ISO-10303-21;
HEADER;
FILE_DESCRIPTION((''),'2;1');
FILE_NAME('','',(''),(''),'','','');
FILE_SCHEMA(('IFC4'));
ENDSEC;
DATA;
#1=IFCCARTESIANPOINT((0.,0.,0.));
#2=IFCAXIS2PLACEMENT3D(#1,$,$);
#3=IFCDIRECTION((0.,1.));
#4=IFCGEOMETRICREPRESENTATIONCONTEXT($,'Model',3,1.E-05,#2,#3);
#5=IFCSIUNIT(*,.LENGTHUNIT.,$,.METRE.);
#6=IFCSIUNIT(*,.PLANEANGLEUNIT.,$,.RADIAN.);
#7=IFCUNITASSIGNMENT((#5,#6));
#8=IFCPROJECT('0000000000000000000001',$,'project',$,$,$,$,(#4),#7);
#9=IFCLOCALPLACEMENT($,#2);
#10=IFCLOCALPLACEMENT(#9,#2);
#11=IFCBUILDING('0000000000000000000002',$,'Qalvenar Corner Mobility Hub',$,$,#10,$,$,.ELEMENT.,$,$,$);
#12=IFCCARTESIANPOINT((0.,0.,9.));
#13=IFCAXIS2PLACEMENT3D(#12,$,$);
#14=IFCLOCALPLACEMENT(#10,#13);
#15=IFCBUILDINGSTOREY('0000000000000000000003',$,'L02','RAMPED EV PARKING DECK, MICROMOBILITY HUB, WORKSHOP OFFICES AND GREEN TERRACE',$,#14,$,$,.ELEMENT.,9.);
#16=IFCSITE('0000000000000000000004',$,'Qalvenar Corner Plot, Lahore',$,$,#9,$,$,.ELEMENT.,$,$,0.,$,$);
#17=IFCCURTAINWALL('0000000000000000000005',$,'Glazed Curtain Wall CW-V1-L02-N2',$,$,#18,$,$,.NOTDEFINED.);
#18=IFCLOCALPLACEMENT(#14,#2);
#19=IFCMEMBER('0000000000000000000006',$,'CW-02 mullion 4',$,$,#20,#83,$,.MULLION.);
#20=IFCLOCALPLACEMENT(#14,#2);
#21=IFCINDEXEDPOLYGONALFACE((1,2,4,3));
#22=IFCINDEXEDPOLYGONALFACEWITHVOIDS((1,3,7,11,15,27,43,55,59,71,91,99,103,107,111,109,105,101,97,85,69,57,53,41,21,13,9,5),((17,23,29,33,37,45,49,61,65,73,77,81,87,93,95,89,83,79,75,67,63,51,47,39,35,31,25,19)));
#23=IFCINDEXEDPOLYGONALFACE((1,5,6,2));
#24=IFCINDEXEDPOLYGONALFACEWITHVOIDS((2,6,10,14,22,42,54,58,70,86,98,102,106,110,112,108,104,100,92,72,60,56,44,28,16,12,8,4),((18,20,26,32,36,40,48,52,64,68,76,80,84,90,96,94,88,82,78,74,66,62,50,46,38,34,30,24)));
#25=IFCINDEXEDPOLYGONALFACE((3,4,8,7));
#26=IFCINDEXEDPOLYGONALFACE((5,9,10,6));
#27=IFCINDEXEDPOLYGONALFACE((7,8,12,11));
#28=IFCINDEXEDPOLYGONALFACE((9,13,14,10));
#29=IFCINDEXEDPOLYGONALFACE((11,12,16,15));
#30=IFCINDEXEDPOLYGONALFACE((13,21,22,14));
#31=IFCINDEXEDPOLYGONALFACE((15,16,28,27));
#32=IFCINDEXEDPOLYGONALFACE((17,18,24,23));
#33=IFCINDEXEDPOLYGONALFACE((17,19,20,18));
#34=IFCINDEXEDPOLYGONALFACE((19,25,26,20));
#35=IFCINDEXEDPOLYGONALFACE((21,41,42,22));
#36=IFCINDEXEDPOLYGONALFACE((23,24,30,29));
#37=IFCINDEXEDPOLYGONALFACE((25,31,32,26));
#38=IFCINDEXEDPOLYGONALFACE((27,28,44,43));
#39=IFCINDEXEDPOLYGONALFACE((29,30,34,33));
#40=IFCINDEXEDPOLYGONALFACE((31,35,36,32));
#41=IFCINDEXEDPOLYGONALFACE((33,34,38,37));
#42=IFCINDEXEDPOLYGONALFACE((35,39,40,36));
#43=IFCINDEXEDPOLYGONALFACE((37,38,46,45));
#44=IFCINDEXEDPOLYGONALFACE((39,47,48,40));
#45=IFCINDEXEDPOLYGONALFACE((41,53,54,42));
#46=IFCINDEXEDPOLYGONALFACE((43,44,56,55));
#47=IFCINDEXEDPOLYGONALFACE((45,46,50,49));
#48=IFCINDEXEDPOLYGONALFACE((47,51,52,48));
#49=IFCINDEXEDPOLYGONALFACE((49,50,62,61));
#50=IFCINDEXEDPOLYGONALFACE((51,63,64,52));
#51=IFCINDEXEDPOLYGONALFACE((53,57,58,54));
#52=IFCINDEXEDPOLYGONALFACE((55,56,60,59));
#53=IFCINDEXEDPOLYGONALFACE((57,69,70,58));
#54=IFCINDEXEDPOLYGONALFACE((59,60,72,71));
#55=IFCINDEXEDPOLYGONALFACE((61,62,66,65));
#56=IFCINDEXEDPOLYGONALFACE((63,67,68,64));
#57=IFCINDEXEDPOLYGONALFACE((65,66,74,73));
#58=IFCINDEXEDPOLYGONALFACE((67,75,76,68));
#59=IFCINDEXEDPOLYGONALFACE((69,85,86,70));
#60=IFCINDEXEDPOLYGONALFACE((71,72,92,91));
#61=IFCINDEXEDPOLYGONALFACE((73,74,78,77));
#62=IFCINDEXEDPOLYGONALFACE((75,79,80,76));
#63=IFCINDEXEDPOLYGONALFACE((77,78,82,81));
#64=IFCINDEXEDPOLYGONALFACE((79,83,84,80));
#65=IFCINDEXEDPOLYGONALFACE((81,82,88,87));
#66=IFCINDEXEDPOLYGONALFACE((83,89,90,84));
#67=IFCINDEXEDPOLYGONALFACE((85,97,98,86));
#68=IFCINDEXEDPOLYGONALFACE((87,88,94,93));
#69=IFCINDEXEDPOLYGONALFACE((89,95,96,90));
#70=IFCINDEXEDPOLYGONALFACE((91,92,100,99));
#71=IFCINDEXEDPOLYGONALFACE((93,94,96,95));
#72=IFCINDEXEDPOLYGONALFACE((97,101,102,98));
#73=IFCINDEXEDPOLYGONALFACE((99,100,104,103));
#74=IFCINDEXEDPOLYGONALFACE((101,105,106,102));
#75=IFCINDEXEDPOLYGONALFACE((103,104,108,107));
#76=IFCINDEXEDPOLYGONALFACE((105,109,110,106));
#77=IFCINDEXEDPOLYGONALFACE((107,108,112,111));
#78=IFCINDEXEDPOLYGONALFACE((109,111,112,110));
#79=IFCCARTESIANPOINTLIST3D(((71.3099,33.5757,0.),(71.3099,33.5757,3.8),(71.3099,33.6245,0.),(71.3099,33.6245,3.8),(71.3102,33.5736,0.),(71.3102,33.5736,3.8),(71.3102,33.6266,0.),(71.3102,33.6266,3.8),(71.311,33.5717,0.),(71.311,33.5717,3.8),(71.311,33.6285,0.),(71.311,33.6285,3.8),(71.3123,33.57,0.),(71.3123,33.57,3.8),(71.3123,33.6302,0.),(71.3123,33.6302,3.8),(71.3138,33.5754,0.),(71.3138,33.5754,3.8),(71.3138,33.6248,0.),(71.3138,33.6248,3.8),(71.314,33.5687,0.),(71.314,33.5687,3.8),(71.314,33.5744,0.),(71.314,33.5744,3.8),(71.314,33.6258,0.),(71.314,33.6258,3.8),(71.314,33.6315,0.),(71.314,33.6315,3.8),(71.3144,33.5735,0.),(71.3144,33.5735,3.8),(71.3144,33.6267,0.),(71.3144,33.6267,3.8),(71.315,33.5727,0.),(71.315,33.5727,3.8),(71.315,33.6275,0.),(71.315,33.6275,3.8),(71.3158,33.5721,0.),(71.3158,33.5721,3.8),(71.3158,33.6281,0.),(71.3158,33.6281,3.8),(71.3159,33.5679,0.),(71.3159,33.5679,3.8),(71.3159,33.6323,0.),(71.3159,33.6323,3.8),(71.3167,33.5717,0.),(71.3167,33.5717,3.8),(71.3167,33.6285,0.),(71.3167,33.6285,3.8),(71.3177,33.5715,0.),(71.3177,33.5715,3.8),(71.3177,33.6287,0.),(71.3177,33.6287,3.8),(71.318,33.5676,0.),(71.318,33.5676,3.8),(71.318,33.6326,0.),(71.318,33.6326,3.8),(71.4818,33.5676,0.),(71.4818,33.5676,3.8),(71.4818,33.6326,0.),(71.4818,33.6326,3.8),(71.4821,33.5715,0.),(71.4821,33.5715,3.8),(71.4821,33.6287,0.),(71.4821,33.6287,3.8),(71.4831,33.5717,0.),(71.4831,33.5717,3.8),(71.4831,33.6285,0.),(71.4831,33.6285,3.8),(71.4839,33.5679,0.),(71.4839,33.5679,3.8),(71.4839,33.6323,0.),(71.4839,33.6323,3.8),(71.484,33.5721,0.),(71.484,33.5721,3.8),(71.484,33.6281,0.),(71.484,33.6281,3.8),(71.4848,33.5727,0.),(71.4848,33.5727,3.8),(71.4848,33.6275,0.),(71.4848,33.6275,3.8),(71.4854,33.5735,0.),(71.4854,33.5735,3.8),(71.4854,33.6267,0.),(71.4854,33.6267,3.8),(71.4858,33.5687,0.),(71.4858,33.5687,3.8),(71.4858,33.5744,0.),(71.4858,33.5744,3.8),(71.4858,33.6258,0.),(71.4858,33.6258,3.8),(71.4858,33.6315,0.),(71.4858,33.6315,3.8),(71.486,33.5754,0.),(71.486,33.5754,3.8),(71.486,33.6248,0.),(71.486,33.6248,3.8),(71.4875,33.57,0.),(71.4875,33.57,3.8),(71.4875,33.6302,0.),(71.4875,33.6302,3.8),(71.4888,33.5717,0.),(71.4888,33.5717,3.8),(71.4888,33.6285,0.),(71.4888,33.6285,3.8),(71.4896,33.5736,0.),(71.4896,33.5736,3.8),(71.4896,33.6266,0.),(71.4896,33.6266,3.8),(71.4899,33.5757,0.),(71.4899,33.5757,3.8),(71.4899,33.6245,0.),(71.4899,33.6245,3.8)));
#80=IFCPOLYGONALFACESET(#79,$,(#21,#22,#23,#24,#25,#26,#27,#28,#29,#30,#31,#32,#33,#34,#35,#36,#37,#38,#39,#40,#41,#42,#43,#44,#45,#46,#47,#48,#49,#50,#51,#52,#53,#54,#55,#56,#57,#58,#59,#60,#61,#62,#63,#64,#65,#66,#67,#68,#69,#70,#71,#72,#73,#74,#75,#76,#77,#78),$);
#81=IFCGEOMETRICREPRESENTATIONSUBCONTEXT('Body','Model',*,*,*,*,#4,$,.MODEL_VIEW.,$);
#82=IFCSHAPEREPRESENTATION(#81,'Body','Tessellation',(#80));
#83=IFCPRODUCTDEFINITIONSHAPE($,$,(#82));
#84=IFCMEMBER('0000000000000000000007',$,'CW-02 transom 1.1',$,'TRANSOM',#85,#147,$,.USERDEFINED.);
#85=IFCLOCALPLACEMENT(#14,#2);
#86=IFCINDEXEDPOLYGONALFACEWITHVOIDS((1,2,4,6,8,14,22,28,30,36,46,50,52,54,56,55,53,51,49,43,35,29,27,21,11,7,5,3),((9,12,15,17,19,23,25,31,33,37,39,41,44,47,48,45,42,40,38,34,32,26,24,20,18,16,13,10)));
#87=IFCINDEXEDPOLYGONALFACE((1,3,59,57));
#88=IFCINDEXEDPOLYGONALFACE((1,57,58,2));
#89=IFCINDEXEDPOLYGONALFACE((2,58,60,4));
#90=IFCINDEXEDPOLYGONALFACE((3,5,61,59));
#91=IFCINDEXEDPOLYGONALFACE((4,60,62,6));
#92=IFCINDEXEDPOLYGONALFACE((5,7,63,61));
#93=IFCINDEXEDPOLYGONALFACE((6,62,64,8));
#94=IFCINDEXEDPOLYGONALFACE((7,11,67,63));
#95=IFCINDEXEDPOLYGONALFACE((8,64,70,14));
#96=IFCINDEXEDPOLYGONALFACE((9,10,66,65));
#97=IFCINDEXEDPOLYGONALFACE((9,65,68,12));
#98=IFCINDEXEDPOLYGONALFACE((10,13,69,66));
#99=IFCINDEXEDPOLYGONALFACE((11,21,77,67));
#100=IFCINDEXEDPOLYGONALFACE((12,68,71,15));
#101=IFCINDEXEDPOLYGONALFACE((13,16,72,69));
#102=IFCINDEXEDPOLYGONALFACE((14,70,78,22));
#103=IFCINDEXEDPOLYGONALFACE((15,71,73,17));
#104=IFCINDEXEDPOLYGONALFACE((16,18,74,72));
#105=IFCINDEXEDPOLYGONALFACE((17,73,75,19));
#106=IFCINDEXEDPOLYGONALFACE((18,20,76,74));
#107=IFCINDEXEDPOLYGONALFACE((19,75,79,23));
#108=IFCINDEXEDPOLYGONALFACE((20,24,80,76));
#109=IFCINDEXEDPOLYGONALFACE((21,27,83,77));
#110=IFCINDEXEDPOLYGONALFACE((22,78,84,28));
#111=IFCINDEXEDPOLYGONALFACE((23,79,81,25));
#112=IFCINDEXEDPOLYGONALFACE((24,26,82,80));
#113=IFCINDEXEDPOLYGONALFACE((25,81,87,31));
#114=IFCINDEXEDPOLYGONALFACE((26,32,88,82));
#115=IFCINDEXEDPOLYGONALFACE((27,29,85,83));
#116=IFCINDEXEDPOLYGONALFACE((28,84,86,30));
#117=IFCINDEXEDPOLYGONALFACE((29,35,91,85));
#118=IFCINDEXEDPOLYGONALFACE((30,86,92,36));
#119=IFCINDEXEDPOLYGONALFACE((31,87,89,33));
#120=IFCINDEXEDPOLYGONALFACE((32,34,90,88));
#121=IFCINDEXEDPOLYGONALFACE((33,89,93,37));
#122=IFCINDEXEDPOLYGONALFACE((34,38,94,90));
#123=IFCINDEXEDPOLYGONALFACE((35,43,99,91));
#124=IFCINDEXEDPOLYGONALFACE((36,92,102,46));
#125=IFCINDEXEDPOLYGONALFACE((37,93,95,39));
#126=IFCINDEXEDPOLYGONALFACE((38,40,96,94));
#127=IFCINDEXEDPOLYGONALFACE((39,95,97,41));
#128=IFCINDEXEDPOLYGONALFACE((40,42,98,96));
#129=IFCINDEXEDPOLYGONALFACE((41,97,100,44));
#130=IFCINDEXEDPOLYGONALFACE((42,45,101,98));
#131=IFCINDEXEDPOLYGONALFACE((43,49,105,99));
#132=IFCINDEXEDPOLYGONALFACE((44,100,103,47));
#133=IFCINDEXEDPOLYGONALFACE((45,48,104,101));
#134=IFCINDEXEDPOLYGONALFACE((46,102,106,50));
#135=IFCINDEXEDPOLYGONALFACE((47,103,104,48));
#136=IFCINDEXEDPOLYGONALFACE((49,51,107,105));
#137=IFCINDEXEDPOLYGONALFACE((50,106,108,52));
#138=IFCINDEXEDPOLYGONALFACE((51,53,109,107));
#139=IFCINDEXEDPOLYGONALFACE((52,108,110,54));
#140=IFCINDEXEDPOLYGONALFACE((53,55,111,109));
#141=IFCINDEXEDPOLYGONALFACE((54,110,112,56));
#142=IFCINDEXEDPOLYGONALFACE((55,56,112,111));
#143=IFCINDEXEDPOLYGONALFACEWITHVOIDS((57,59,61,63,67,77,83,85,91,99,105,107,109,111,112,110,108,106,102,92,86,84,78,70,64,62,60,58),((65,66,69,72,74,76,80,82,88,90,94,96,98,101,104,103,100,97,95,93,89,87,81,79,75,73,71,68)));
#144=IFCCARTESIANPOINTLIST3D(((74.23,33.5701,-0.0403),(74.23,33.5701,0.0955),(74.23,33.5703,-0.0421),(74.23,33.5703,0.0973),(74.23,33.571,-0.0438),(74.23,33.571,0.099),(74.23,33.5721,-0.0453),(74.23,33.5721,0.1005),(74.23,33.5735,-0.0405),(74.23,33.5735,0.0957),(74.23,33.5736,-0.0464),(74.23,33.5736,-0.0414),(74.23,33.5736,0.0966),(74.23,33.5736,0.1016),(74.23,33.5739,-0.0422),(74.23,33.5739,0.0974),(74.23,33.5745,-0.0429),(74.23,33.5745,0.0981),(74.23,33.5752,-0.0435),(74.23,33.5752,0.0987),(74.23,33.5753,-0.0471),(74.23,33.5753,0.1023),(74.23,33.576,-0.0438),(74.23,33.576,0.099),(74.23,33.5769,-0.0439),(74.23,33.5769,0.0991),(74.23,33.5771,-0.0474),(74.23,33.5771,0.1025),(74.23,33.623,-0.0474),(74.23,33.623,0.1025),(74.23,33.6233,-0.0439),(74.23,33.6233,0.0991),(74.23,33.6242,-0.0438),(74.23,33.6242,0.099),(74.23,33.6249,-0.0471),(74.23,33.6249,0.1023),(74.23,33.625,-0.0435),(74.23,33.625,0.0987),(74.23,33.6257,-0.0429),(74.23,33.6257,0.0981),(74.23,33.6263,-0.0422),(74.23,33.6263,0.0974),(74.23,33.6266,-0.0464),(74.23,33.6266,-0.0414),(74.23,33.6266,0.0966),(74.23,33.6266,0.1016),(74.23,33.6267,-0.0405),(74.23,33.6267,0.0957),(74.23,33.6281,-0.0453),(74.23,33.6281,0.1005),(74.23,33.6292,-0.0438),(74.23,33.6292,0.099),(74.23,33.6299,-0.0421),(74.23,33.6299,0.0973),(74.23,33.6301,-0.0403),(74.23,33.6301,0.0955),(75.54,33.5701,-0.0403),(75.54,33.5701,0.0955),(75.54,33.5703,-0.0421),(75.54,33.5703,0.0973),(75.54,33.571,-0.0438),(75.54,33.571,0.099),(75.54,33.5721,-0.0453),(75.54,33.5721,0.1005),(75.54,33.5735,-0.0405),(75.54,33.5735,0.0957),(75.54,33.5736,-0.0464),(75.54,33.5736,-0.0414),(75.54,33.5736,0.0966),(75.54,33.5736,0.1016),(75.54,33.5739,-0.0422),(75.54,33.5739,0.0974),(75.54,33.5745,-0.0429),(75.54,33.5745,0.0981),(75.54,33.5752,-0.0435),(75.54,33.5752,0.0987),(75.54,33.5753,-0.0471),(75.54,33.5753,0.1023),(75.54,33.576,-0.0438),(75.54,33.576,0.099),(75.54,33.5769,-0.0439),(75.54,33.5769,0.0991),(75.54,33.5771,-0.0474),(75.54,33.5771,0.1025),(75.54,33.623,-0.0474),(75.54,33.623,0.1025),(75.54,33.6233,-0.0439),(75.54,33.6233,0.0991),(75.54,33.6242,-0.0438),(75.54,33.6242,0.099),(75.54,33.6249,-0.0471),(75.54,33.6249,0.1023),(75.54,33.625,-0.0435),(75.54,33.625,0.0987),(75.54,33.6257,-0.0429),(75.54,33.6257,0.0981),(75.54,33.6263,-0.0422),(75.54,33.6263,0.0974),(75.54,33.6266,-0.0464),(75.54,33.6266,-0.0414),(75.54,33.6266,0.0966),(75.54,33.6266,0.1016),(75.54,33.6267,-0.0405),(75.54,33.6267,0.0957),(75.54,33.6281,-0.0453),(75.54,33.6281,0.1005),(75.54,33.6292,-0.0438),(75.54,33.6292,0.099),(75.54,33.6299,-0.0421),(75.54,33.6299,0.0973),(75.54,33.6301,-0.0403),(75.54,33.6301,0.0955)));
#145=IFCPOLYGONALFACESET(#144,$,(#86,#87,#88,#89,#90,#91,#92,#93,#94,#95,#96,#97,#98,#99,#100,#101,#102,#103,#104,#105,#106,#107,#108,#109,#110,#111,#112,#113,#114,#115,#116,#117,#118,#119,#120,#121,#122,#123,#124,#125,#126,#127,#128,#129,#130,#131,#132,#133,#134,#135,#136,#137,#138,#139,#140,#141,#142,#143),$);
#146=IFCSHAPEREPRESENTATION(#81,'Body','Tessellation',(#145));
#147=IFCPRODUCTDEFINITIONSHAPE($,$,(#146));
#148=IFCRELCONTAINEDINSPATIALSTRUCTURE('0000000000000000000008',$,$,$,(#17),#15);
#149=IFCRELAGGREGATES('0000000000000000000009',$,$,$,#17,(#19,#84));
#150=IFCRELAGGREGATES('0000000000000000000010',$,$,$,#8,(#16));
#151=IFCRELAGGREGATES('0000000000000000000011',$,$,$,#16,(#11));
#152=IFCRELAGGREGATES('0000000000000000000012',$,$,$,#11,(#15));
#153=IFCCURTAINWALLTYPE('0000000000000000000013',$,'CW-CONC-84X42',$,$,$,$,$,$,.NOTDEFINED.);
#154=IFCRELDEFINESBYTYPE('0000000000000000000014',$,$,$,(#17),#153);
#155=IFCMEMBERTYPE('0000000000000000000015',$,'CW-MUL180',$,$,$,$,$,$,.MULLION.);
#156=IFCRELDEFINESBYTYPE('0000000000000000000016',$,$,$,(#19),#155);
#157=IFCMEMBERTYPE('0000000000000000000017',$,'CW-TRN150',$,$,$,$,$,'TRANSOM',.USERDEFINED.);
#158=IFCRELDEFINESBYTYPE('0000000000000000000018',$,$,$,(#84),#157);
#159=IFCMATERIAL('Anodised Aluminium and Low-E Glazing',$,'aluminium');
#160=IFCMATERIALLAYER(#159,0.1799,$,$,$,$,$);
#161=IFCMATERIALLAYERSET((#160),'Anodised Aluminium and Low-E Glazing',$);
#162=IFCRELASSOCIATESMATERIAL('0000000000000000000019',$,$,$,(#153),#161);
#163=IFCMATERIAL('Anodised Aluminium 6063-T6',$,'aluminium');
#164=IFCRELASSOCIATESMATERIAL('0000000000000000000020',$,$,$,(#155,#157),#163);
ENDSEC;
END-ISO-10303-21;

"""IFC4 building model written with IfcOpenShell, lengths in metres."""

from ifc_helpers import new_model, si_unit, direction, frame, origin, origin_2d, place, context, subcontext, project, spatial, hollow_rectangle, extrude, material, layer, layer_set, material_profile, profile_set, type_object, element, aggregate, save


model = new_model("IFC4")

# Units and contexts
model_context = context("Model", 3, precision=1e-05, world=origin(), true_north=direction((0.0, 1.0)))
body_context = subcontext(model_context, "Body", "Model", "MODEL_VIEW")
ifc_project = project(units=[si_unit("LENGTHUNIT", "METRE"), si_unit("PLANEANGLEUNIT", "RADIAN")], contexts=[model_context])

# Site, building, storey
site_placement = place(None, origin())
site = spatial("IfcSite", under=ifc_project, at=site_placement, Name="Qalvenar Corner Plot, Lahore", CompositionType="ELEMENT", RefElevation=0.0)
building_placement = place(site_placement, origin())
building = spatial("IfcBuilding", under=site, at=building_placement, Name="Qalvenar Corner Mobility Hub", CompositionType="ELEMENT")
storey_placement = place(building_placement, frame((0.0, 0.0, 9.0)))
storey = spatial("IfcBuildingStorey", under=building, at=storey_placement, Name="L02", Description="RAMPED EV PARKING DECK, MICROMOBILITY HUB, WORKSHOP OFFICES AND GREEN TERRACE", CompositionType="ELEMENT", Elevation=9.0)

# Curtain wall, members
ifc_material_1 = material(Name="Anodised Aluminium and Low-E Glazing", Category="aluminium")
ifc_layer_1 = layer(ifc_material_1, 0.1799)
ifc_layer_set_1 = layer_set([ifc_layer_1], Name="Anodised Aluminium and Low-E Glazing")
curtain_wall_type = type_object("IfcCurtainWallType", Name="CW-CONC-84X42", PredefinedType="NOTDEFINED", material=ifc_layer_set_1)
curtain_wall_placement = place(storey_placement, origin())
curtain_wall = element("IfcCurtainWall", 1, at=curtain_wall_placement, inside=storey, type_object=curtain_wall_type, Name="Glazed Curtain Wall CW-V1-L02-N2", PredefinedType="NOTDEFINED")
ifc_material_2 = material(Name="Anodised Aluminium 6063-T6", Category="aluminium")
ifc_material_profile_1 = material_profile(ifc_material_2, hollow_rectangle(XDim=0.0649, YDim=0.1799, WallThickness=0.0039, InnerFilletRadius=0.0039, OuterFilletRadius=0.0081, at=origin_2d()), Name="RHS180x65x4")
ifc_profile_set_1 = profile_set([ifc_material_profile_1], Name="Anodised Aluminium 6063-T6")
member_type_1 = type_object("IfcMemberType", Name="CW-MUL180", PredefinedType="MULLION", material=ifc_profile_set_1)
member_1_placement = place(storey_placement, frame((71.3999, 33.6001, 0.0), z_axis=(0.0, 0.0, 1.0), x_axis=(0.0, -1.0, 0.0)))
member_1 = element("IfcMember", 2, at=member_1_placement, type_object=member_type_1, Name="CW-02 mullion 4", PredefinedType="MULLION", context=body_context, shape_type="SweptSolid", body=[
    extrude(hollow_rectangle(XDim=0.0649, YDim=0.1799, WallThickness=0.0039, InnerFilletRadius=0.0039, OuterFilletRadius=0.0081, at=origin_2d()), origin(), (0.0, 0.0, 1.0), 3.8),
])
ifc_material_profile_2 = material_profile(ifc_material_2, hollow_rectangle(XDim=0.0601, YDim=0.1499, WallThickness=0.0034, InnerFilletRadius=0.0034, OuterFilletRadius=0.0071, at=origin_2d()), Name="RHS150x60x3.5")
ifc_profile_set_2 = profile_set([ifc_material_profile_2], Name="Anodised Aluminium 6063-T6")
member_type_2 = type_object("IfcMemberType", Name="CW-TRN150", ElementType="TRANSOM", PredefinedType="USERDEFINED", material=ifc_profile_set_2)
member_2_placement = place(storey_placement, frame((75.54, 33.6001, 0.0276), z_axis=(-1.0, 0.0, 0.0), x_axis=(0.0, -1.0, 0.0)))
member_2 = element("IfcMember", 3, at=member_2_placement, type_object=member_type_2, Name="CW-02 transom 1.1", ObjectType="TRANSOM", PredefinedType="USERDEFINED", context=body_context, shape_type="SweptSolid", body=[
    extrude(hollow_rectangle(XDim=0.0601, YDim=0.1499, WallThickness=0.0034, InnerFilletRadius=0.0034, OuterFilletRadius=0.0071, at=origin_2d()), origin(), (0.0, 0.0, 1.0), 1.3101),
])

aggregate(curtain_wall, [member_1, member_2])

save(model, "model.ifc")
